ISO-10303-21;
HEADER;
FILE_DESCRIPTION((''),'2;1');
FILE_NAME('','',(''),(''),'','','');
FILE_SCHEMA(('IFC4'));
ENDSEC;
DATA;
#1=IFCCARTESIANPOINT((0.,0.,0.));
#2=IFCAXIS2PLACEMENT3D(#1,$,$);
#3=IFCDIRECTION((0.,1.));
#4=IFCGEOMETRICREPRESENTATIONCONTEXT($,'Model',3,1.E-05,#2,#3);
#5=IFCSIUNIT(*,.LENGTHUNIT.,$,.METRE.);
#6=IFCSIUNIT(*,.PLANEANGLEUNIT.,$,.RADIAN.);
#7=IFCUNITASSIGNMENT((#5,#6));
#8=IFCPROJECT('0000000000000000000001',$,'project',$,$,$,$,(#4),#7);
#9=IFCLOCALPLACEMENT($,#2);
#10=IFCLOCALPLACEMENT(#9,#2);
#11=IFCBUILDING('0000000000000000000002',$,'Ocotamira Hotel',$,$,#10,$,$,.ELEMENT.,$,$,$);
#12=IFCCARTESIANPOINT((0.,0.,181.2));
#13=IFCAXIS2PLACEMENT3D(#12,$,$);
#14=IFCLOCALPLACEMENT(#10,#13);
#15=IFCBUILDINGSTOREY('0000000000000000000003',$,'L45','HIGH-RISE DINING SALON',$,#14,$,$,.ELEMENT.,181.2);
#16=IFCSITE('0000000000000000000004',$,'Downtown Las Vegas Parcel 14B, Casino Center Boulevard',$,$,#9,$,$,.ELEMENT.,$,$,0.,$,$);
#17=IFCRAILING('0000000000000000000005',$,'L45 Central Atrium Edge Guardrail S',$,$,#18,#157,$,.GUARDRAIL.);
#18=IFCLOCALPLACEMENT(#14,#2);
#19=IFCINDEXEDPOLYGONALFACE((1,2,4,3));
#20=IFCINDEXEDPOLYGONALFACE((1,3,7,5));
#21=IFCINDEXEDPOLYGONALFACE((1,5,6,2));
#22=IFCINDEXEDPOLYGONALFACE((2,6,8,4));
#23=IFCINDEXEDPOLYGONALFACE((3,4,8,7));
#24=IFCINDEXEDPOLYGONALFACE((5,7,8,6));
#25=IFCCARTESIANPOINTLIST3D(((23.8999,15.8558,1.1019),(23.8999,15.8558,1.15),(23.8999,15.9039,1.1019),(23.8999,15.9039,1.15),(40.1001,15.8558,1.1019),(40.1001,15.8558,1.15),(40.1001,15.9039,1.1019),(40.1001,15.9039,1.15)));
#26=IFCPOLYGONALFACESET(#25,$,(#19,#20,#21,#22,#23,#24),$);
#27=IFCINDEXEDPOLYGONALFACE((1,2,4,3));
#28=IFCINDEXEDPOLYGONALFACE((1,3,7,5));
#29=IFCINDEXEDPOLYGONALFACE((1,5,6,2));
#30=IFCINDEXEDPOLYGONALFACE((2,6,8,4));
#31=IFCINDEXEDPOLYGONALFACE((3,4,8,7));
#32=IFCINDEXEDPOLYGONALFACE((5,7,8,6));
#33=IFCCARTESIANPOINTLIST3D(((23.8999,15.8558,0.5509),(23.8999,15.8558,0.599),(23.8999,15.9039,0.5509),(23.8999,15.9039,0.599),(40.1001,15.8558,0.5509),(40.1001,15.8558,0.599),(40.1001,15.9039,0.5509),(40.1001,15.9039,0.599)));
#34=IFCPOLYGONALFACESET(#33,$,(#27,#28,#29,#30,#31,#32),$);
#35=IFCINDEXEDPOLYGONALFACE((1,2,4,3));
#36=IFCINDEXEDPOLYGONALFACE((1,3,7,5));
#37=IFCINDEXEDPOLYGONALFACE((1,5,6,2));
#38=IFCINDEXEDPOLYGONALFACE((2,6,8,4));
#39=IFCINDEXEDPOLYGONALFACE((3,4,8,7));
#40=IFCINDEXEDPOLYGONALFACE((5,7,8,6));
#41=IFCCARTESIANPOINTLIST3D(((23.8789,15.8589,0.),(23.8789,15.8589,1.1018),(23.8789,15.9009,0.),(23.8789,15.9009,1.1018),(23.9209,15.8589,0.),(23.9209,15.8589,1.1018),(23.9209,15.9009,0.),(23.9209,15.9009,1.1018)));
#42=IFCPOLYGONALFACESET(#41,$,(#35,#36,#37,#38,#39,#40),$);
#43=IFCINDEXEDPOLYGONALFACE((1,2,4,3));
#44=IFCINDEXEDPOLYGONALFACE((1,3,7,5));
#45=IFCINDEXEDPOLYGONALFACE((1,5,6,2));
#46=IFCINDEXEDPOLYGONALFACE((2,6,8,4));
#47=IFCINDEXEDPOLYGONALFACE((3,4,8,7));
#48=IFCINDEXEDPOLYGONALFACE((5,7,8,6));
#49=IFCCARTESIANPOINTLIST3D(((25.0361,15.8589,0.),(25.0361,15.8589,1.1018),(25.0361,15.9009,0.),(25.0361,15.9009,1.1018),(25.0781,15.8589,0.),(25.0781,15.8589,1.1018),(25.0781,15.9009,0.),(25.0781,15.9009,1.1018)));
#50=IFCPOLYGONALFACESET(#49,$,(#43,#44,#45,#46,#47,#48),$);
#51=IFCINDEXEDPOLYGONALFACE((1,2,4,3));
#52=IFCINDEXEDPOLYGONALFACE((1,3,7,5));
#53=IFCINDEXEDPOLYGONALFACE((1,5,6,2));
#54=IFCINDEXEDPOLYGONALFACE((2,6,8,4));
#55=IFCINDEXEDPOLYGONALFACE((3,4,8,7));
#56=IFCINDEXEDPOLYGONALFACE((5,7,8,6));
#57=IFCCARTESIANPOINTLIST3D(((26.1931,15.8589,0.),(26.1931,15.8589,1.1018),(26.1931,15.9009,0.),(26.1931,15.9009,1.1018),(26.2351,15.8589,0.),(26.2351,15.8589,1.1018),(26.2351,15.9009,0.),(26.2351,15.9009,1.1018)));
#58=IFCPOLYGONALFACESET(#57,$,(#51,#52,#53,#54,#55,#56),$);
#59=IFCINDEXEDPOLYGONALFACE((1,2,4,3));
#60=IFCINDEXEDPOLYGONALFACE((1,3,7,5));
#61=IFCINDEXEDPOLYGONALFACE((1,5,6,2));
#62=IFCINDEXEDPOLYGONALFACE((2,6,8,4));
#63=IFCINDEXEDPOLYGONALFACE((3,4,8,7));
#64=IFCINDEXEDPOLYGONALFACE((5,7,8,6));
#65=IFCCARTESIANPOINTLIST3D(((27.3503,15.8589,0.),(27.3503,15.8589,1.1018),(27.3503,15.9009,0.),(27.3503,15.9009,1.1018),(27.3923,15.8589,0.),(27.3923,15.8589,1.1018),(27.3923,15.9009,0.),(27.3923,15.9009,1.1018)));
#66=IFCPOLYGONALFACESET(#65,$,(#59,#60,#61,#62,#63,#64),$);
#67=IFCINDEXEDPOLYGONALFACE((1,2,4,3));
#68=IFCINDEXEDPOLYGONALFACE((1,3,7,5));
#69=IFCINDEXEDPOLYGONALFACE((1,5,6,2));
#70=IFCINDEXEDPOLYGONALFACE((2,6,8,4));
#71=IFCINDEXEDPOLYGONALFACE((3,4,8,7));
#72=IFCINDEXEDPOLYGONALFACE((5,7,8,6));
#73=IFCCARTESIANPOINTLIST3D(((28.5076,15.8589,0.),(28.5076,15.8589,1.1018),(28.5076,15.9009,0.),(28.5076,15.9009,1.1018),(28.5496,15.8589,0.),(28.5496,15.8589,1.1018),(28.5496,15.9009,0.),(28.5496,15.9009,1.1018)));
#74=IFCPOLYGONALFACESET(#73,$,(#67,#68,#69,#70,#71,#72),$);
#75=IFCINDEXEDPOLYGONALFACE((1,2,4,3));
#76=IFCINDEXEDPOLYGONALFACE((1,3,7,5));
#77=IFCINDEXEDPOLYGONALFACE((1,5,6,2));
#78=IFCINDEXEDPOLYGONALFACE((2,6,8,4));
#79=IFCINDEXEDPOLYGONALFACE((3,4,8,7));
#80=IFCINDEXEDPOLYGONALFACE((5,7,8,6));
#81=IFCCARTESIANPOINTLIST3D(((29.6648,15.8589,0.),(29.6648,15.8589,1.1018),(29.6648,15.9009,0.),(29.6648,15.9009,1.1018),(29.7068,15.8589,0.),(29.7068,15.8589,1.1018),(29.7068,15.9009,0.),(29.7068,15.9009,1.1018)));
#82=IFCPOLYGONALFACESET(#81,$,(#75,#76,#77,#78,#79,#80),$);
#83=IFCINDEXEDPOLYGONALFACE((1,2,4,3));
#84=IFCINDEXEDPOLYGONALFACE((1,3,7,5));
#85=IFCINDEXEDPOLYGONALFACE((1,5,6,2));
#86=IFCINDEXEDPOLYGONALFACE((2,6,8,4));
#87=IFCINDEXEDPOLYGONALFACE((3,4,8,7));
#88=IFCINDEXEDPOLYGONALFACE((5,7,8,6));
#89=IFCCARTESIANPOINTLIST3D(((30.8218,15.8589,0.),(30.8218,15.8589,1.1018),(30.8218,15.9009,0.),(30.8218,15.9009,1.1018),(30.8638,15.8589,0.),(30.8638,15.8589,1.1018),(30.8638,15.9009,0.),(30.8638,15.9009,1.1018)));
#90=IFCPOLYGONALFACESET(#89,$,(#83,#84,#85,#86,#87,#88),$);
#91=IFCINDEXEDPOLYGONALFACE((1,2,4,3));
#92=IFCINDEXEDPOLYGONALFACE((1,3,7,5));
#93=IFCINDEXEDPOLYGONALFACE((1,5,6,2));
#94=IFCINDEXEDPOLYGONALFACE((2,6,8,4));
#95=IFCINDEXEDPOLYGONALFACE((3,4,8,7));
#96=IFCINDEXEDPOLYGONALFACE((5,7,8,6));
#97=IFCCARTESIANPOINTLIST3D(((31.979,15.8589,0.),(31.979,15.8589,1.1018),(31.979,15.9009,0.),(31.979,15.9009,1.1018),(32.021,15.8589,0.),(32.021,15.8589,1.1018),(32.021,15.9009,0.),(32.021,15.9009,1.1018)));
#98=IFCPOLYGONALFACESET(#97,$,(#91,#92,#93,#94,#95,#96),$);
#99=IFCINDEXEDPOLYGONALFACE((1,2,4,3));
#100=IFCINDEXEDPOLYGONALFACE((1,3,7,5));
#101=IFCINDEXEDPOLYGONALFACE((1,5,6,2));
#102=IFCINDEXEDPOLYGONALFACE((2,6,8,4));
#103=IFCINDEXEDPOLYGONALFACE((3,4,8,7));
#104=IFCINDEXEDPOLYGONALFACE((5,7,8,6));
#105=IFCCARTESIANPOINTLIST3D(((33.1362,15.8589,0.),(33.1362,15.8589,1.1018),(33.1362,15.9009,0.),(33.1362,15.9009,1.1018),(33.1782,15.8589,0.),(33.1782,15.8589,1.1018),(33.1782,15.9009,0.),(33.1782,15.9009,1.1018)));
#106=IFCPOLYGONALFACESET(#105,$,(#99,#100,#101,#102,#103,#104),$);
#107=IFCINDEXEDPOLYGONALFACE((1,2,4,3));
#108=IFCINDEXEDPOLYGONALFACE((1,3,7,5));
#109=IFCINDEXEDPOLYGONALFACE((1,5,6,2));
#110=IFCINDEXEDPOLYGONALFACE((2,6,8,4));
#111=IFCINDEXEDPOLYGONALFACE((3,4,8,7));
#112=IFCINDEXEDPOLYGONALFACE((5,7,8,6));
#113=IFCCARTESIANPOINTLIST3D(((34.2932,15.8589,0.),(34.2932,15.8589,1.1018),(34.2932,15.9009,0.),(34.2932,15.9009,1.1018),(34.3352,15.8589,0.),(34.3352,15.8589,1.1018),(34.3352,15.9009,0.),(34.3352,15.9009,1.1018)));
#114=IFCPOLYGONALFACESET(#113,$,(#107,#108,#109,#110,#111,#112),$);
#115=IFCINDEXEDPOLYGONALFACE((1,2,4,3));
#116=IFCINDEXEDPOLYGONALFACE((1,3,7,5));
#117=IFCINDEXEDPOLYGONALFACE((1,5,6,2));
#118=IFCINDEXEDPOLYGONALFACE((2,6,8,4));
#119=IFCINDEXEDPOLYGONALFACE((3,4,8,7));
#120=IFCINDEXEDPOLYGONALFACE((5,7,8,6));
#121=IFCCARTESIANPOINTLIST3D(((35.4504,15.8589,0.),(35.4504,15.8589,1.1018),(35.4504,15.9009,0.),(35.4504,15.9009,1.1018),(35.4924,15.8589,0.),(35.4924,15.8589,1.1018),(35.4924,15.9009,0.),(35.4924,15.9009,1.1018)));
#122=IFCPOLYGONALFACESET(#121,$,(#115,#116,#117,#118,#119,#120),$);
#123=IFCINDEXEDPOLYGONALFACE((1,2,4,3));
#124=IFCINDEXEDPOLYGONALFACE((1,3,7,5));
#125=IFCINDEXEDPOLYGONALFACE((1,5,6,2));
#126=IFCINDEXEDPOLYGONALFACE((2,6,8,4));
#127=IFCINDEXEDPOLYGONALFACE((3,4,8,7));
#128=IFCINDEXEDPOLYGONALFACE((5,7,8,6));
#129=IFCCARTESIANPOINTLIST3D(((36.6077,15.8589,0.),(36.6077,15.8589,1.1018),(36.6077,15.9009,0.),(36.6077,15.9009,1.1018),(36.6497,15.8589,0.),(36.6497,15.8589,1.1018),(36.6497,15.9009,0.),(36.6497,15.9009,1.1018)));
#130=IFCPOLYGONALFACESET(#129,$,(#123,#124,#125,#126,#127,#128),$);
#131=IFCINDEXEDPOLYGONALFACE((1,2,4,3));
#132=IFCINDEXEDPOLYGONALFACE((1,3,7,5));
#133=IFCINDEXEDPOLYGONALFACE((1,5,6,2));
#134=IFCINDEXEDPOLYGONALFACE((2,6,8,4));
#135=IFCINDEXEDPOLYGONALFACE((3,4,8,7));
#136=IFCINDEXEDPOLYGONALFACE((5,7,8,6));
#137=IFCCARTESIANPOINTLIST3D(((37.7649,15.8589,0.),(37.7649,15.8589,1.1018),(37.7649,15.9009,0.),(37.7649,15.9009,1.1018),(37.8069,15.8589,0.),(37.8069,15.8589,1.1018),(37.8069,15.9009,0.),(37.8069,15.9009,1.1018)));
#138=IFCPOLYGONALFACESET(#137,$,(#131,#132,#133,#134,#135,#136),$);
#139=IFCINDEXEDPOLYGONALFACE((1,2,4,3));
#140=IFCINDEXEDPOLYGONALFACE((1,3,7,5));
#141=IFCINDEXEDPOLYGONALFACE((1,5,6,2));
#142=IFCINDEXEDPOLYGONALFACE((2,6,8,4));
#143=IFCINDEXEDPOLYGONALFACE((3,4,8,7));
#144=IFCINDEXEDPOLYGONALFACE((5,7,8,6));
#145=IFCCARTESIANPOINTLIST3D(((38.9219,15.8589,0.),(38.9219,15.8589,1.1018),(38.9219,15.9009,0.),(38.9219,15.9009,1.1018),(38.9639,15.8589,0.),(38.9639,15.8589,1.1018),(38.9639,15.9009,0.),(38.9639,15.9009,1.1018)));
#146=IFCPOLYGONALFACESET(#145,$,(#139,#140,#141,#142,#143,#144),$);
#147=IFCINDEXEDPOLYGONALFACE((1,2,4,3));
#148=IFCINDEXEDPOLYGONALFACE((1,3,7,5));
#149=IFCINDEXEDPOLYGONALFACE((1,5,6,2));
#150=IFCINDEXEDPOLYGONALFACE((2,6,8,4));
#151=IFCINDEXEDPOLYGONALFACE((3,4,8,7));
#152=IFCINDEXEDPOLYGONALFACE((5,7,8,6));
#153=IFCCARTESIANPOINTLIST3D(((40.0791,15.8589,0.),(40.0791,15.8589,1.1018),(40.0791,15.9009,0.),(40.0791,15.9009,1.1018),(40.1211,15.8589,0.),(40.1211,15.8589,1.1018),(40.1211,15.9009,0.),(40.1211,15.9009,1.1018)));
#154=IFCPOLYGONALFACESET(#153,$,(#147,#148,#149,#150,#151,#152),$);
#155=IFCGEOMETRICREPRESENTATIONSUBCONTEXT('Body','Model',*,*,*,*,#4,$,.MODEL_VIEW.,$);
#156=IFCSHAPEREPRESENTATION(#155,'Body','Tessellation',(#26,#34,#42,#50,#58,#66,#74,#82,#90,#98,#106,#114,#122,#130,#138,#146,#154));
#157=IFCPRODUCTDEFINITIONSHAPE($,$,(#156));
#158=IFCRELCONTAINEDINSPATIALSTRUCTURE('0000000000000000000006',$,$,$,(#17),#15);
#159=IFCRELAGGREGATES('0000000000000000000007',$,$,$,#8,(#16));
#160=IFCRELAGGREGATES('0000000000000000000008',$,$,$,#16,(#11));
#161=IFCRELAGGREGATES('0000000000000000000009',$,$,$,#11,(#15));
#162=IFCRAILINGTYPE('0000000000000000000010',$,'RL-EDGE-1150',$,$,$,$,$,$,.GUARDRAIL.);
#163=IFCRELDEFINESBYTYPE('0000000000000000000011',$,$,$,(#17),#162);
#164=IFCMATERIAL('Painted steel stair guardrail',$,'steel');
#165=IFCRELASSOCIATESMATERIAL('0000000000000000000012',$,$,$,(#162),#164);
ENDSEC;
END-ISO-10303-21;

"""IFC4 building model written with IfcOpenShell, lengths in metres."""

from ifc_helpers import new_model, si_unit, direction, frame, origin, origin_2d, place, context, subcontext, project, spatial, rectangle, extrude, material, type_object, element, save


model = new_model("IFC4")

# Units and contexts
model_context = context("Model", 3, precision=1e-05, world=origin(), true_north=direction((0.0, 1.0)))
body_context = subcontext(model_context, "Body", "Model", "MODEL_VIEW")
ifc_project = project(units=[si_unit("LENGTHUNIT", "METRE"), si_unit("PLANEANGLEUNIT", "RADIAN")], contexts=[model_context])

# Site, building, storey
site_placement = place(None, origin())
site = spatial("IfcSite", under=ifc_project, at=site_placement, Name="Downtown Las Vegas Parcel 14B, Casino Center Boulevard", CompositionType="ELEMENT", RefElevation=0.0)
building_placement = place(site_placement, origin())
building = spatial("IfcBuilding", under=site, at=building_placement, Name="Ocotamira Hotel", CompositionType="ELEMENT")
storey_placement = place(building_placement, frame((0.0, 0.0, 181.2)))
storey = spatial("IfcBuildingStorey", under=building, at=storey_placement, Name="L45", Description="HIGH-RISE DINING SALON", CompositionType="ELEMENT", Elevation=181.2)

# Railing
ifc_material_1 = material(Name="Painted steel stair guardrail", Category="steel")
railing_type_1 = type_object("IfcRailingType", Name="RL-EDGE-1150", PredefinedType="GUARDRAIL", material=ifc_material_1)
railing_1_placement = place(storey_placement, frame((23.8999, 15.8799, 0.0)))
element("IfcRailing", 1, at=railing_1_placement, inside=storey, type_object=railing_type_1, Name="L45 Central Atrium Edge Guardrail S", PredefinedType="GUARDRAIL", context=body_context, shape_type="SweptSolid", body=[
    extrude(rectangle(XDim=0.0481, YDim=0.0481, at=origin_2d()), frame((0.0, 0.0, 1.126), z_axis=(1.0, 0.0, 0.0), x_axis=(0.0, 1.0, 0.0)), (0.0, 0.0, 1.0), 16.2002),
    extrude(rectangle(XDim=0.0481, YDim=0.0481, at=origin_2d()), frame((0.0, 0.0, 0.575), z_axis=(1.0, 0.0, 0.0), x_axis=(0.0, 1.0, 0.0)), (0.0, 0.0, 1.0), 16.2002),
    extrude(rectangle(XDim=0.042, YDim=0.042, at=origin_2d()), origin(), (0.0, 0.0, 1.0), 1.1018),
    extrude(rectangle(XDim=0.042, YDim=0.042, at=origin_2d()), frame((1.1572, 0.0, 0.0)), (0.0, 0.0, 1.0), 1.1018),
    extrude(rectangle(XDim=0.042, YDim=0.042, at=origin_2d()), frame((2.3142, 0.0, 0.0)), (0.0, 0.0, 1.0), 1.1018),
    extrude(rectangle(XDim=0.042, YDim=0.042, at=origin_2d()), frame((3.4714, 0.0, 0.0)), (0.0, 0.0, 1.0), 1.1018),
    extrude(rectangle(XDim=0.042, YDim=0.042, at=origin_2d()), frame((4.6287, 0.0, 0.0)), (0.0, 0.0, 1.0), 1.1018),
    extrude(rectangle(XDim=0.042, YDim=0.042, at=origin_2d()), frame((5.7859, 0.0, 0.0)), (0.0, 0.0, 1.0), 1.1018),
    extrude(rectangle(XDim=0.042, YDim=0.042, at=origin_2d()), frame((6.9429, 0.0, 0.0)), (0.0, 0.0, 1.0), 1.1018),
    extrude(rectangle(XDim=0.042, YDim=0.042, at=origin_2d()), frame((8.1001, 0.0, 0.0)), (0.0, 0.0, 1.0), 1.1018),
    extrude(rectangle(XDim=0.042, YDim=0.042, at=origin_2d()), frame((9.2573, 0.0, 0.0)), (0.0, 0.0, 1.0), 1.1018),
    extrude(rectangle(XDim=0.042, YDim=0.042, at=origin_2d()), frame((10.4143, 0.0, 0.0)), (0.0, 0.0, 1.0), 1.1018),
    extrude(rectangle(XDim=0.042, YDim=0.042, at=origin_2d()), frame((11.5715, 0.0, 0.0)), (0.0, 0.0, 1.0), 1.1018),
    extrude(rectangle(XDim=0.042, YDim=0.042, at=origin_2d()), frame((12.7288, 0.0, 0.0)), (0.0, 0.0, 1.0), 1.1018),
    extrude(rectangle(XDim=0.042, YDim=0.042, at=origin_2d()), frame((13.886, 0.0, 0.0)), (0.0, 0.0, 1.0), 1.1018),
    extrude(rectangle(XDim=0.042, YDim=0.042, at=origin_2d()), frame((15.043, 0.0, 0.0)), (0.0, 0.0, 1.0), 1.1018),
    extrude(rectangle(XDim=0.042, YDim=0.042, at=origin_2d()), frame((16.2002, 0.0, 0.0)), (0.0, 0.0, 1.0), 1.1018),
])

save(model, "model.ifc")
